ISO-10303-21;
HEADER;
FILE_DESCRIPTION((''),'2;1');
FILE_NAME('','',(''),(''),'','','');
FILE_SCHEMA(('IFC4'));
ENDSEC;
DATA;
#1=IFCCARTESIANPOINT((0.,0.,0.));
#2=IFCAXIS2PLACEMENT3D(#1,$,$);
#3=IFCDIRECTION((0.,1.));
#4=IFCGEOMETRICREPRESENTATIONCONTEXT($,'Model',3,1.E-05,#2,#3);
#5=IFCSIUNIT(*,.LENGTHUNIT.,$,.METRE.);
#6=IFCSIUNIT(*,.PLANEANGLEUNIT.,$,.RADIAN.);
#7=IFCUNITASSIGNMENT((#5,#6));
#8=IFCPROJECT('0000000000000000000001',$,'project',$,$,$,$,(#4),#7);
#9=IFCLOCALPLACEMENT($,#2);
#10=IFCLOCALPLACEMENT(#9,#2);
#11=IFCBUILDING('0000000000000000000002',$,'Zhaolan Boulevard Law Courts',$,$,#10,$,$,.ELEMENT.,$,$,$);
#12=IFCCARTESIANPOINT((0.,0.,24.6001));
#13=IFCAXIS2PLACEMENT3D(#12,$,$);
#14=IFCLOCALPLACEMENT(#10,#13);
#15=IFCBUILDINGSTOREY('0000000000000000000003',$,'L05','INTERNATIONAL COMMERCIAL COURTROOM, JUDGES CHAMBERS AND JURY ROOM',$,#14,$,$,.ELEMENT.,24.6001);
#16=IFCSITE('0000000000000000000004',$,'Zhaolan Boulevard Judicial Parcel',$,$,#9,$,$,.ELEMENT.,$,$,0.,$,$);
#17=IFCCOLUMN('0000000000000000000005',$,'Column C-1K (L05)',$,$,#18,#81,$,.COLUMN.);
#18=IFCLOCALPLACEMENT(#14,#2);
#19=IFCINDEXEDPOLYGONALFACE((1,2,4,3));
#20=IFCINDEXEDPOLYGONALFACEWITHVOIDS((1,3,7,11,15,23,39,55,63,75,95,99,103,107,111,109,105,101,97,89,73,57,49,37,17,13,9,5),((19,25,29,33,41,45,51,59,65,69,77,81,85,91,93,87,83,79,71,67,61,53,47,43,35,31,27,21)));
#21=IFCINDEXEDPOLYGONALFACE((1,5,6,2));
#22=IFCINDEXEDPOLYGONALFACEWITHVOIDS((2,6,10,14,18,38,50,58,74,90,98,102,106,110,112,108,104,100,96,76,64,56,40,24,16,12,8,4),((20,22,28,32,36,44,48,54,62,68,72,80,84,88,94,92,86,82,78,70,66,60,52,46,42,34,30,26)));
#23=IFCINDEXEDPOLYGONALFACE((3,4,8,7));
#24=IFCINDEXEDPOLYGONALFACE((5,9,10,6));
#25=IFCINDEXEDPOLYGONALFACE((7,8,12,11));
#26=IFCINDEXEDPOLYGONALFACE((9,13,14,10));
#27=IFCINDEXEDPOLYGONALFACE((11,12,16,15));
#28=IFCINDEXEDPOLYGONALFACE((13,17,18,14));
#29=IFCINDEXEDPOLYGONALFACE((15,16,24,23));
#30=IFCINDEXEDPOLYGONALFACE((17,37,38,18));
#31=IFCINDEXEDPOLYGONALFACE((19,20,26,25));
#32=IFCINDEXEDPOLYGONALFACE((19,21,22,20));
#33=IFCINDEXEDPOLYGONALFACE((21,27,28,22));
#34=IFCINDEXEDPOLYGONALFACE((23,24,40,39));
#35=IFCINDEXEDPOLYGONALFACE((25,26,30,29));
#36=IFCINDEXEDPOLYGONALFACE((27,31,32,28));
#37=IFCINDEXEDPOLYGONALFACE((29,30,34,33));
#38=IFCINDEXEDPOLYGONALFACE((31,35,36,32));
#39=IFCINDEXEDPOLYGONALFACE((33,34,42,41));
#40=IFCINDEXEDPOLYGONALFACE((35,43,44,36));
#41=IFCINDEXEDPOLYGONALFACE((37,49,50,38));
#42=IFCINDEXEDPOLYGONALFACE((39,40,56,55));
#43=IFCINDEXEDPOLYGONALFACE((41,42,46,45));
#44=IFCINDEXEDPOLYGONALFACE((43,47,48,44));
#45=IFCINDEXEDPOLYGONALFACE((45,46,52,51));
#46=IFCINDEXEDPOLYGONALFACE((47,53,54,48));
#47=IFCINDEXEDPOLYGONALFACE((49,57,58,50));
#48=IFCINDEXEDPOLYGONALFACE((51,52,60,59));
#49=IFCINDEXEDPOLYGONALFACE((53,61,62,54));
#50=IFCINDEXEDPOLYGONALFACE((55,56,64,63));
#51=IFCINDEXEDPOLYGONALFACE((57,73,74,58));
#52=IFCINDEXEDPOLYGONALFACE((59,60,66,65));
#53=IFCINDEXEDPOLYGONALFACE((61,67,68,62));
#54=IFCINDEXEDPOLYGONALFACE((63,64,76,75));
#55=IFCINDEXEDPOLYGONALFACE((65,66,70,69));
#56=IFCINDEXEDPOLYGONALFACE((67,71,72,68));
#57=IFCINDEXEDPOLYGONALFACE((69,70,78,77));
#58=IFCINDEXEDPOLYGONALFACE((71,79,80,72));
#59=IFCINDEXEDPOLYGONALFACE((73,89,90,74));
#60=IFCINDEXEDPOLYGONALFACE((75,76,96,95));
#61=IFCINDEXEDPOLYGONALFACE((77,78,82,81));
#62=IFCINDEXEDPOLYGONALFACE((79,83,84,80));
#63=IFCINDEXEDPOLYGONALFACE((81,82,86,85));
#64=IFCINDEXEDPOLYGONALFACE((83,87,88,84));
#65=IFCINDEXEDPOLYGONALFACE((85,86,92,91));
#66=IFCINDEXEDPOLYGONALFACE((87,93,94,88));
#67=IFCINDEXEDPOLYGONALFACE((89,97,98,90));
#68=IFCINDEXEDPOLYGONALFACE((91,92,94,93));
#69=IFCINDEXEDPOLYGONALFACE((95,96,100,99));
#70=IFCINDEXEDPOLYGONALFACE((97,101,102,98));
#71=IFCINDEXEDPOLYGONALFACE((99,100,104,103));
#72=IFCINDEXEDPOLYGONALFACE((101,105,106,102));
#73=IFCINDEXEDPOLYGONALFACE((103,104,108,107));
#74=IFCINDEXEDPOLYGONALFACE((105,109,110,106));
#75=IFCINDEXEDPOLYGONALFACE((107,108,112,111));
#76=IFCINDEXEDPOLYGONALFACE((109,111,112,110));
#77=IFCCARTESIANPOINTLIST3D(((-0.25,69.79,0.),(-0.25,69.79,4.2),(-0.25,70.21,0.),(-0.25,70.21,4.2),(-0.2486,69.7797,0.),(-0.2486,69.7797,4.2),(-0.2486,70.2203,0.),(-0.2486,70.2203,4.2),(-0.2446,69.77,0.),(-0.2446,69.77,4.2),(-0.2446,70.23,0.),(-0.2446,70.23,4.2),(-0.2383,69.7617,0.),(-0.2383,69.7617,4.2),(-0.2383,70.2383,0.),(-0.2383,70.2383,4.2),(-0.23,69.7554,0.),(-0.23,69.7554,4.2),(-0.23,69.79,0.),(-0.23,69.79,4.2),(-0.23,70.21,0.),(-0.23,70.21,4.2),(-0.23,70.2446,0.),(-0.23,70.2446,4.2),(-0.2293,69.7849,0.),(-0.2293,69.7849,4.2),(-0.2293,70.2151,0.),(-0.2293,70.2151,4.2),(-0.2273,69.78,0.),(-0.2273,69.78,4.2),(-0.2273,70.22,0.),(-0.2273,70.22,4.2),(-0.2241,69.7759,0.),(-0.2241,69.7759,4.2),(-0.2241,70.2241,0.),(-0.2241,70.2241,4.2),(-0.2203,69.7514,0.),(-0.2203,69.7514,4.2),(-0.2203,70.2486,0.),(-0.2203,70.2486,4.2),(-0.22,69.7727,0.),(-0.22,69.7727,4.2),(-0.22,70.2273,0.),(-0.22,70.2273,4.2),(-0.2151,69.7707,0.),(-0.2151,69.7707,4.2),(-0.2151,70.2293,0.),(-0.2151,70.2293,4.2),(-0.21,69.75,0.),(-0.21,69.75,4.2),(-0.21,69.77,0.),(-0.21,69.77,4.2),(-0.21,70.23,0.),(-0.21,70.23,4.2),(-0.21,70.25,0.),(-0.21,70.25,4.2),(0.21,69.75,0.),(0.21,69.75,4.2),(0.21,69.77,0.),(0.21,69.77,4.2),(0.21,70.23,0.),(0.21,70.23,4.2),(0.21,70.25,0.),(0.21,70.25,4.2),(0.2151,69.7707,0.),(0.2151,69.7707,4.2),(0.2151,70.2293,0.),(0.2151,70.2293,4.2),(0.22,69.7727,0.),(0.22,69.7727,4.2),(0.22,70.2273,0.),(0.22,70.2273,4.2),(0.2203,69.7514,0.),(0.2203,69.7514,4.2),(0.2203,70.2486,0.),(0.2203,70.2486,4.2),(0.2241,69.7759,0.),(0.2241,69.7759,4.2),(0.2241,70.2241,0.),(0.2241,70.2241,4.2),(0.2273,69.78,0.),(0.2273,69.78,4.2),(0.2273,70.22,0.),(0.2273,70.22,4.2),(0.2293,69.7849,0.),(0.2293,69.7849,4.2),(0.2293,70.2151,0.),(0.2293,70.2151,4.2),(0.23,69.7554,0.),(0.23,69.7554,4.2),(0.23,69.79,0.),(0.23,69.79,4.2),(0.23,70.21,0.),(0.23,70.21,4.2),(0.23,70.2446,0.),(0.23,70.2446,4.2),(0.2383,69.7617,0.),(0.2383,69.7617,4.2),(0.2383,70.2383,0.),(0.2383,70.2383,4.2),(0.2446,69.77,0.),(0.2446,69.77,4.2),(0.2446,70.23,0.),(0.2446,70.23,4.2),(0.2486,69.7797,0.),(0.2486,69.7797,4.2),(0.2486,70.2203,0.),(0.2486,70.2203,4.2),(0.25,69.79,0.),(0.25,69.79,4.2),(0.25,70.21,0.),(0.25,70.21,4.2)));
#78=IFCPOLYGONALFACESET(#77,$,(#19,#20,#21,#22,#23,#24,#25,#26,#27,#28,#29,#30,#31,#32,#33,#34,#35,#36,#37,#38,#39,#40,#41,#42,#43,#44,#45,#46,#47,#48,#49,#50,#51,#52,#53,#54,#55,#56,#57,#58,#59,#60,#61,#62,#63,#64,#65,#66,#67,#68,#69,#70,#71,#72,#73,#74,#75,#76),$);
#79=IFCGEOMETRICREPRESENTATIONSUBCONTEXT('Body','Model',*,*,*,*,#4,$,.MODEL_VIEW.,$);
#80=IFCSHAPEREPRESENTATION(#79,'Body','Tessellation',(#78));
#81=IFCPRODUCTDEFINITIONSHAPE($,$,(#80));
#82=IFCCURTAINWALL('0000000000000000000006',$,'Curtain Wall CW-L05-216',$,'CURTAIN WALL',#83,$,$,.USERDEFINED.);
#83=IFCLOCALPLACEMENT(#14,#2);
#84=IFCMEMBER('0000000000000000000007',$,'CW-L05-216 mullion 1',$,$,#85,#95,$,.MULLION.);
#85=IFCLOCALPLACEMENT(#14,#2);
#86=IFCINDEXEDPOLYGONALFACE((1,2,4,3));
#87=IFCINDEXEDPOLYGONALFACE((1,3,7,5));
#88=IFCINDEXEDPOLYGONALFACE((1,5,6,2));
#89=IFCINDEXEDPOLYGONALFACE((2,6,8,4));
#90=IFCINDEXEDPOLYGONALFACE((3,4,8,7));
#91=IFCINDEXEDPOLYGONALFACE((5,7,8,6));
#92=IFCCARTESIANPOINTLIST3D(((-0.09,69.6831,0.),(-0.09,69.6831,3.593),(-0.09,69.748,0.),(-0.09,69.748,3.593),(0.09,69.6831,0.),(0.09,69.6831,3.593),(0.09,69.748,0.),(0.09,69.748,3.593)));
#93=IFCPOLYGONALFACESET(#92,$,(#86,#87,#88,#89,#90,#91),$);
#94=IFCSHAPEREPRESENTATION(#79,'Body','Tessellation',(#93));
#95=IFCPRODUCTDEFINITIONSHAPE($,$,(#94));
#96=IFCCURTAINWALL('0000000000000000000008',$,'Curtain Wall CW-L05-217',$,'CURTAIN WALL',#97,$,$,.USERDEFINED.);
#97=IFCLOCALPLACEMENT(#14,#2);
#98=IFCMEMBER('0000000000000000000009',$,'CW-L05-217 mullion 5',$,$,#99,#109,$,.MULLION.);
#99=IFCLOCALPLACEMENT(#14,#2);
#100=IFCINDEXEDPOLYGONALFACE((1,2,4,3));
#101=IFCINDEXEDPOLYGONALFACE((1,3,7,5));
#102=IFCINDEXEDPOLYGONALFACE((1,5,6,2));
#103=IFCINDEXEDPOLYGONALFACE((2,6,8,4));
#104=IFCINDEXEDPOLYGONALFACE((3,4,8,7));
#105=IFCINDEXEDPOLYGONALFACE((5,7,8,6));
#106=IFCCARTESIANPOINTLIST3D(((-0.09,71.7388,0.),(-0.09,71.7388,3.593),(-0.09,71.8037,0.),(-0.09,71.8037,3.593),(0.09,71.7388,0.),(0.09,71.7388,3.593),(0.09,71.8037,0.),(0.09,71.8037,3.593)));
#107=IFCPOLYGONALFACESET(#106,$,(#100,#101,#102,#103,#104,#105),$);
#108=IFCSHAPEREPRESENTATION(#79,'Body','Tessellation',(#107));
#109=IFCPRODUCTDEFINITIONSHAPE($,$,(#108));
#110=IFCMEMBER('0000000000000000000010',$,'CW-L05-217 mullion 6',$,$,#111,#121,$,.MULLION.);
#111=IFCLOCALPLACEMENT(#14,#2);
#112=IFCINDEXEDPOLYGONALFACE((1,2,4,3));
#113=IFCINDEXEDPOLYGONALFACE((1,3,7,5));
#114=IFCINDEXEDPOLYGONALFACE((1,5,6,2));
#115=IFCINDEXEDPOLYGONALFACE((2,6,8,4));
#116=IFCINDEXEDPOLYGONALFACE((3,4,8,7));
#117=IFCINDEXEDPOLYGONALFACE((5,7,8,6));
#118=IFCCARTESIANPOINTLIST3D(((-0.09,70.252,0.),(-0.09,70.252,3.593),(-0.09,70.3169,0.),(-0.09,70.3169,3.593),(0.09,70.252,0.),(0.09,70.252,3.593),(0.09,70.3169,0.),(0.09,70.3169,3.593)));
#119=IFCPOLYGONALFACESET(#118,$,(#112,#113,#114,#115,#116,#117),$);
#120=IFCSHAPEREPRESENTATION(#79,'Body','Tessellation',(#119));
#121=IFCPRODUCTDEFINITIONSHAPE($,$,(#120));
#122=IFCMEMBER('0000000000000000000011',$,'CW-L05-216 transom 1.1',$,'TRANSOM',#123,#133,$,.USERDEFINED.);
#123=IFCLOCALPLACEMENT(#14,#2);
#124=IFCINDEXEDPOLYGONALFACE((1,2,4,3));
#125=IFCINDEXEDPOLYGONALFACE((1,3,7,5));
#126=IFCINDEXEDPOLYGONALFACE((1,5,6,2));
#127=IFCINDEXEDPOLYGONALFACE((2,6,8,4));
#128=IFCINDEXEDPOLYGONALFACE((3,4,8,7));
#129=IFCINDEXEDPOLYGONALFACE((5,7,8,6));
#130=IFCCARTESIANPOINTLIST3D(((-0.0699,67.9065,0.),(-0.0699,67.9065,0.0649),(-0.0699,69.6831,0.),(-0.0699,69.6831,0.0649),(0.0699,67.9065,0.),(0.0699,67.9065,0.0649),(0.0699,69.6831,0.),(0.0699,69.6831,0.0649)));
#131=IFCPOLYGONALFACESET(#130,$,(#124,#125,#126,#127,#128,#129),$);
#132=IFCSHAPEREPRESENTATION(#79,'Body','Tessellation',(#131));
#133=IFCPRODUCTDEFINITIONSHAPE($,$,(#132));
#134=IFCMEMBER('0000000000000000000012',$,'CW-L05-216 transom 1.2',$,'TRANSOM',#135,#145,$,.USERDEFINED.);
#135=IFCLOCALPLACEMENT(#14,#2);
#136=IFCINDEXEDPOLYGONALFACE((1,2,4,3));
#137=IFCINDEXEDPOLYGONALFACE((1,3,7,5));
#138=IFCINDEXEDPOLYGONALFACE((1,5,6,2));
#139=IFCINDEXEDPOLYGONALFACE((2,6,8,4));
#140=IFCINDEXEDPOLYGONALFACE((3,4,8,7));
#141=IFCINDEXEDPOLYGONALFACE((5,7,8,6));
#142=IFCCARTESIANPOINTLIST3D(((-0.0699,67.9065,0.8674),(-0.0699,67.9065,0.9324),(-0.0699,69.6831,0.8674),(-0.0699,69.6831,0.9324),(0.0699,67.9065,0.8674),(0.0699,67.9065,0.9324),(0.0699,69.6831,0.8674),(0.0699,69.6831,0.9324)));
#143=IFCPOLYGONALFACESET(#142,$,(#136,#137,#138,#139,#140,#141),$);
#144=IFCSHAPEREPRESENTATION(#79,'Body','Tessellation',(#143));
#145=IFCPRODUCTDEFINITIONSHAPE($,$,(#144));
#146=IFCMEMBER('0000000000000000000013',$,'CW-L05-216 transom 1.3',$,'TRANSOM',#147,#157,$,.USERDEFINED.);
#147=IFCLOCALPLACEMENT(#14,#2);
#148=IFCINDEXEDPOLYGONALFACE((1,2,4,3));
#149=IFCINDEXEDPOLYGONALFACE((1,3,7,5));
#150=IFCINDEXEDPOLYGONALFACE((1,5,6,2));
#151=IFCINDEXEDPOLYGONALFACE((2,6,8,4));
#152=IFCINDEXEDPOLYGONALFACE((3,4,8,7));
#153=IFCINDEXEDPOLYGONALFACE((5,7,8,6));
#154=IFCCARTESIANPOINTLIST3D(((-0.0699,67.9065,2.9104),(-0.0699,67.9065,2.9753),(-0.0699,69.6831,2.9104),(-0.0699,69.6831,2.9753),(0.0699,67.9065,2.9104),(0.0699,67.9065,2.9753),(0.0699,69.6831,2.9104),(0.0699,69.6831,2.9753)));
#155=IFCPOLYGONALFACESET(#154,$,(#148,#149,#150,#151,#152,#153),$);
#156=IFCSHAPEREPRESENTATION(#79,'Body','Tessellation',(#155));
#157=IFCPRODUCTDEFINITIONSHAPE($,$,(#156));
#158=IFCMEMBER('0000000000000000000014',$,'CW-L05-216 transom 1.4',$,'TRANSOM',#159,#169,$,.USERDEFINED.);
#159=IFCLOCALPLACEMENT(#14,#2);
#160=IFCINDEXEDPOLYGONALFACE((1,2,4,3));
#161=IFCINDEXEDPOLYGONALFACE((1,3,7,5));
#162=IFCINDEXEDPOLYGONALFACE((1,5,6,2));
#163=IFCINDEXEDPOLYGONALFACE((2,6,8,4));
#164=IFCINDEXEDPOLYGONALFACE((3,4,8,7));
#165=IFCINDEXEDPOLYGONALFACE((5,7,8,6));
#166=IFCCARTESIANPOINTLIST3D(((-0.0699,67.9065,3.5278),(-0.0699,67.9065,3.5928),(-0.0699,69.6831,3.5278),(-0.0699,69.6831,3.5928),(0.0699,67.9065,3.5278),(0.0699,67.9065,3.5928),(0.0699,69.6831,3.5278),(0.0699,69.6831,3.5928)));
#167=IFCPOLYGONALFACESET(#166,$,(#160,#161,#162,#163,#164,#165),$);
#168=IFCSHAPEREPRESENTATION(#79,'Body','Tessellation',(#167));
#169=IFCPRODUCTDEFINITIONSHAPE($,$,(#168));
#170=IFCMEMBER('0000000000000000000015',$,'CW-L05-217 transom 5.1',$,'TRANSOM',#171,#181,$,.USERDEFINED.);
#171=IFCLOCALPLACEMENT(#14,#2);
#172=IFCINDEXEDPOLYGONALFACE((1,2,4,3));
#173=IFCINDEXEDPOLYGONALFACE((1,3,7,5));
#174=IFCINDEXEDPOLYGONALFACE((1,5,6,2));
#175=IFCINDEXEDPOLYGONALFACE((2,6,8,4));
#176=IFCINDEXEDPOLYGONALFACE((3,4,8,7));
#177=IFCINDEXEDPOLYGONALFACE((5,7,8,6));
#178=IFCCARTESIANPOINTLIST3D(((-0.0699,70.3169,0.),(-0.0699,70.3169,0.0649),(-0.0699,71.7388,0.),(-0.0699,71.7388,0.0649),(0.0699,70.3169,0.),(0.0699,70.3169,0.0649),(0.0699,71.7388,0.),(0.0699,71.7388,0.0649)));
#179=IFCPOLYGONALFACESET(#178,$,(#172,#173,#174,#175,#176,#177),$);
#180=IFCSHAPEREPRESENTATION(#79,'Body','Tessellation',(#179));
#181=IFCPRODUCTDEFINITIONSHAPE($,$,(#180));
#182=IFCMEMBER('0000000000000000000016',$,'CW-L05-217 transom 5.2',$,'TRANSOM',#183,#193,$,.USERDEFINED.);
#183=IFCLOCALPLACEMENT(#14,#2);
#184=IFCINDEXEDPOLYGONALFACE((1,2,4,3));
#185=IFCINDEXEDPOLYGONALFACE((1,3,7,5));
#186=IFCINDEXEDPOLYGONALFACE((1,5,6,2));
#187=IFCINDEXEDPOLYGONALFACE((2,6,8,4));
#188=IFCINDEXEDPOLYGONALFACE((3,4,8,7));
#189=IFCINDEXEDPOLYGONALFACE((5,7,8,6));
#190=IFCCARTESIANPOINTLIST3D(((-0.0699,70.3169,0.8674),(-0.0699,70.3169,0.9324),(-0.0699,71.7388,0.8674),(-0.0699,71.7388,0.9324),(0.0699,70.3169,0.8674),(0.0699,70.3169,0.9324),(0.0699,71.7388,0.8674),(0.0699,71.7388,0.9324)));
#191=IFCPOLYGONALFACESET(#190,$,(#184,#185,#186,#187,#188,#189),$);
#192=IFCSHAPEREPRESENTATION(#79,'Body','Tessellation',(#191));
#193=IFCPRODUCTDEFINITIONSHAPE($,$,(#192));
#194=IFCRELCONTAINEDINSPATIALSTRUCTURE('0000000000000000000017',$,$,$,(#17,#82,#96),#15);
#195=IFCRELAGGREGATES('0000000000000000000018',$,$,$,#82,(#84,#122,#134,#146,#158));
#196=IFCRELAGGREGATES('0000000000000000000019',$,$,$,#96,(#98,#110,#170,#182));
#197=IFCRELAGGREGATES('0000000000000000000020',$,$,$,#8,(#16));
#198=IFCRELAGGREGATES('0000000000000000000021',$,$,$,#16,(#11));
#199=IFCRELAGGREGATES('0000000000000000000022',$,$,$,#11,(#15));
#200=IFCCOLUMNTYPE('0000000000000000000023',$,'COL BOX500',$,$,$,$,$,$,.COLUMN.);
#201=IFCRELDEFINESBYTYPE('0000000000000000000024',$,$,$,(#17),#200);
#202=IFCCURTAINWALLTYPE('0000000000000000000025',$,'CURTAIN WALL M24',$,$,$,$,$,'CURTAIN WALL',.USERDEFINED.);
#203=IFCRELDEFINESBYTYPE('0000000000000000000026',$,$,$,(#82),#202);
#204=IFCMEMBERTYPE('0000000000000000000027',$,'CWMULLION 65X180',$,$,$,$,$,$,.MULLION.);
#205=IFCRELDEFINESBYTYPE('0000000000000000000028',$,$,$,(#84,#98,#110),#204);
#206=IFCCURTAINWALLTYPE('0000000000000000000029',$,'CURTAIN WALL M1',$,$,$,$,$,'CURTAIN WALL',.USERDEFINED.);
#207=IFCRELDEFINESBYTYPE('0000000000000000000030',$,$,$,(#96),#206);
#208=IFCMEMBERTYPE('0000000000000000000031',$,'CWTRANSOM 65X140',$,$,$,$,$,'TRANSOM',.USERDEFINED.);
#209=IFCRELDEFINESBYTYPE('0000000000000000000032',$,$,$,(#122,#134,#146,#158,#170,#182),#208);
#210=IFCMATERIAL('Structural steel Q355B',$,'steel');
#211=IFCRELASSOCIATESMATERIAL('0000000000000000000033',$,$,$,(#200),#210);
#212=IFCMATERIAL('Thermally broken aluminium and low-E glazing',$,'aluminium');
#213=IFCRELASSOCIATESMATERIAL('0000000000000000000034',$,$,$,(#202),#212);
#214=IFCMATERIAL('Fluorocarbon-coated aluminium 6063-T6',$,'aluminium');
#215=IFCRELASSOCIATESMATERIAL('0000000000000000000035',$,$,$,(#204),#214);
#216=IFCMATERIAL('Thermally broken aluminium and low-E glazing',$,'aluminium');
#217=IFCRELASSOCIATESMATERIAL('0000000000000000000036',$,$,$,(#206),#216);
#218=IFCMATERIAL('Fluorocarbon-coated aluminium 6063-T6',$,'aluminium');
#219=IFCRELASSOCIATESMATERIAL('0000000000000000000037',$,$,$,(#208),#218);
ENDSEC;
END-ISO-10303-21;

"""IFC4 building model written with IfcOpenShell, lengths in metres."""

from ifc_helpers import new_model, si_unit, direction, frame, origin, origin_2d, place, context, subcontext, project, spatial, rectangle, hollow_rectangle, extrude, material, material_profile, profile_set, type_object, element, aggregate, save


model = new_model("IFC4")

# Units and contexts
model_context = context("Model", 3, precision=1e-05, world=origin(), true_north=direction((0.0, 1.0)))
body_context = subcontext(model_context, "Body", "Model", "MODEL_VIEW")
ifc_project = project(units=[si_unit("LENGTHUNIT", "METRE"), si_unit("PLANEANGLEUNIT", "RADIAN")], contexts=[model_context])

# Site, building, storey
site_placement = place(None, origin())
site = spatial("IfcSite", under=ifc_project, at=site_placement, Name="Zhaolan Boulevard Judicial Parcel", CompositionType="ELEMENT", RefElevation=0.0)
building_placement = place(site_placement, origin())
building = spatial("IfcBuilding", under=site, at=building_placement, Name="Zhaolan Boulevard Law Courts", CompositionType="ELEMENT")
storey_placement = place(building_placement, frame((0.0, 0.0, 24.6001)))
storey = spatial("IfcBuildingStorey", under=building, at=storey_placement, Name="L05", Description="INTERNATIONAL COMMERCIAL COURTROOM, JUDGES CHAMBERS AND JURY ROOM", CompositionType="ELEMENT", Elevation=24.6001)

# Column
ifc_material_1 = material(Name="Structural steel Q355B", Category="steel")
ifc_material_profile_1 = material_profile(ifc_material_1, hollow_rectangle(XDim=0.5, YDim=0.5, WallThickness=0.02, InnerFilletRadius=0.02, OuterFilletRadius=0.04, at=origin_2d()), Name="BOX500x500x20")
ifc_profile_set_1 = profile_set([ifc_material_profile_1], Name="Structural steel Q355B")
column_type = type_object("IfcColumnType", Name="COL BOX500", PredefinedType="COLUMN", material=ifc_profile_set_1)
column_placement = place(storey_placement, frame((0.0, 70.0, 0.0), z_axis=(0.0, 0.0, 1.0), x_axis=(1.0, 0.0, 0.0)))
element("IfcColumn", 1, at=column_placement, inside=storey, type_object=column_type, Name="Column C-1K (L05)", PredefinedType="COLUMN", context=body_context, shape_type="SweptSolid", body=[
    extrude(hollow_rectangle(XDim=0.5, YDim=0.5, WallThickness=0.02, InnerFilletRadius=0.02, OuterFilletRadius=0.04, at=origin_2d()), origin(), (0.0, 0.0, 1.0), 4.2),
])

# Curtain wall, member
ifc_material_2 = material(Name="Thermally broken aluminium and low-E glazing", Category="aluminium")
curtain_wall_type_1 = type_object("IfcCurtainWallType", Name="CURTAIN WALL M24", ElementType="CURTAIN WALL", PredefinedType="USERDEFINED", material=ifc_material_2)
curtain_wall_1_placement = place(storey_placement, origin())
curtain_wall_1 = element("IfcCurtainWall", 2, at=curtain_wall_1_placement, inside=storey, type_object=curtain_wall_type_1, Name="Curtain Wall CW-L05-216", ObjectType="CURTAIN WALL", PredefinedType="USERDEFINED")
ifc_material_3 = material(Name="Fluorocarbon-coated aluminium 6063-T6", Category="aluminium")
ifc_material_profile_2 = material_profile(ifc_material_3, rectangle(XDim=0.1799, YDim=0.0649, at=origin_2d()), Name="AL65x180")
ifc_profile_set_2 = profile_set([ifc_material_profile_2], Name="Fluorocarbon-coated aluminium 6063-T6")
member_type_1 = type_object("IfcMemberType", Name="CWMULLION 65X180", PredefinedType="MULLION", material=ifc_profile_set_2)
member_1_placement = place(storey_placement, frame((0.0, 69.7156, 0.0), z_axis=(0.0, 0.0, 1.0), x_axis=(1.0, 0.0, 0.0)))
member_1 = element("IfcMember", 3, at=member_1_placement, type_object=member_type_1, Name="CW-L05-216 mullion 1", PredefinedType="MULLION", context=body_context, shape_type="SweptSolid", body=[
    extrude(rectangle(XDim=0.1799, YDim=0.0649, at=origin_2d()), origin(), (0.0, 0.0, 1.0), 3.593),
])

# Curtain wall, members
ifc_material_4 = material(Name="Thermally broken aluminium and low-E glazing", Category="aluminium")
curtain_wall_type_2 = type_object("IfcCurtainWallType", Name="CURTAIN WALL M1", ElementType="CURTAIN WALL", PredefinedType="USERDEFINED", material=ifc_material_4)
curtain_wall_2_placement = place(storey_placement, origin())
curtain_wall_2 = element("IfcCurtainWall", 4, at=curtain_wall_2_placement, inside=storey, type_object=curtain_wall_type_2, Name="Curtain Wall CW-L05-217", ObjectType="CURTAIN WALL", PredefinedType="USERDEFINED")
member_2_placement = place(storey_placement, frame((0.0, 71.7712, 0.0), z_axis=(0.0, 0.0, 1.0), x_axis=(1.0, 0.0, 0.0)))
member_2 = element("IfcMember", 5, at=member_2_placement, type_object=member_type_1, Name="CW-L05-217 mullion 5", PredefinedType="MULLION", context=body_context, shape_type="SweptSolid", body=[
    extrude(rectangle(XDim=0.1799, YDim=0.0649, at=origin_2d()), origin(), (0.0, 0.0, 1.0), 3.593),
])
member_3_placement = place(storey_placement, frame((0.0, 70.2844, 0.0), z_axis=(0.0, 0.0, 1.0), x_axis=(1.0, 0.0, 0.0)))
member_3 = element("IfcMember", 6, at=member_3_placement, type_object=member_type_1, Name="CW-L05-217 mullion 6", PredefinedType="MULLION", context=body_context, shape_type="SweptSolid", body=[
    extrude(rectangle(XDim=0.1799, YDim=0.0649, at=origin_2d()), origin(), (0.0, 0.0, 1.0), 3.593),
])

# Members
ifc_material_5 = material(Name="Fluorocarbon-coated aluminium 6063-T6", Category="aluminium")
ifc_material_profile_3 = material_profile(ifc_material_5, rectangle(XDim=0.1399, YDim=0.0649, at=origin_2d()), Name="AL65x140")
ifc_profile_set_3 = profile_set([ifc_material_profile_3], Name="Fluorocarbon-coated aluminium 6063-T6")
member_type_2 = type_object("IfcMemberType", Name="CWTRANSOM 65X140", ElementType="TRANSOM", PredefinedType="USERDEFINED", material=ifc_profile_set_3)
member_4_placement = place(storey_placement, frame((0.0, 69.6831, 0.0325), z_axis=(0.0, -1.0, 0.0), x_axis=(1.0, 0.0, 0.0)))
member_4 = element("IfcMember", 7, at=member_4_placement, type_object=member_type_2, Name="CW-L05-216 transom 1.1", ObjectType="TRANSOM", PredefinedType="USERDEFINED", context=body_context, shape_type="SweptSolid", body=[
    extrude(rectangle(XDim=0.1399, YDim=0.0649, at=origin_2d()), origin(), (0.0, 0.0, 1.0), 1.7766),
])
member_5_placement = place(storey_placement, frame((0.0, 69.6831, 0.8999), z_axis=(0.0, -1.0, 0.0), x_axis=(1.0, 0.0, 0.0)))
member_5 = element("IfcMember", 8, at=member_5_placement, type_object=member_type_2, Name="CW-L05-216 transom 1.2", ObjectType="TRANSOM", PredefinedType="USERDEFINED", context=body_context, shape_type="SweptSolid", body=[
    extrude(rectangle(XDim=0.1399, YDim=0.0649, at=origin_2d()), origin(), (0.0, 0.0, 1.0), 1.7766),
])
member_6_placement = place(storey_placement, frame((0.0, 69.6831, 2.9429), z_axis=(0.0, -1.0, 0.0), x_axis=(1.0, 0.0, 0.0)))
member_6 = element("IfcMember", 9, at=member_6_placement, type_object=member_type_2, Name="CW-L05-216 transom 1.3", ObjectType="TRANSOM", PredefinedType="USERDEFINED", context=body_context, shape_type="SweptSolid", body=[
    extrude(rectangle(XDim=0.1399, YDim=0.0649, at=origin_2d()), origin(), (0.0, 0.0, 1.0), 1.7766),
])
member_7_placement = place(storey_placement, frame((0.0, 69.6831, 3.5603), z_axis=(0.0, -1.0, 0.0), x_axis=(1.0, 0.0, 0.0)))
member_7 = element("IfcMember", 10, at=member_7_placement, type_object=member_type_2, Name="CW-L05-216 transom 1.4", ObjectType="TRANSOM", PredefinedType="USERDEFINED", context=body_context, shape_type="SweptSolid", body=[
    extrude(rectangle(XDim=0.1399, YDim=0.0649, at=origin_2d()), origin(), (0.0, 0.0, 1.0), 1.7766),
])
member_8_placement = place(storey_placement, frame((0.0, 71.7388, 0.0325), z_axis=(0.0, -1.0, 0.0), x_axis=(1.0, 0.0, 0.0)))
member_8 = element("IfcMember", 11, at=member_8_placement, type_object=member_type_2, Name="CW-L05-217 transom 5.1", ObjectType="TRANSOM", PredefinedType="USERDEFINED", context=body_context, shape_type="SweptSolid", body=[
    extrude(rectangle(XDim=0.1399, YDim=0.0649, at=origin_2d()), origin(), (0.0, 0.0, 1.0), 1.4219),
])
member_9_placement = place(storey_placement, frame((0.0, 71.7388, 0.8999), z_axis=(0.0, -1.0, 0.0), x_axis=(1.0, 0.0, 0.0)))
member_9 = element("IfcMember", 12, at=member_9_placement, type_object=member_type_2, Name="CW-L05-217 transom 5.2", ObjectType="TRANSOM", PredefinedType="USERDEFINED", context=body_context, shape_type="SweptSolid", body=[
    extrude(rectangle(XDim=0.1399, YDim=0.0649, at=origin_2d()), origin(), (0.0, 0.0, 1.0), 1.4219),
])

aggregate(curtain_wall_1, [member_1, member_4, member_5, member_6, member_7])
aggregate(curtain_wall_2, [member_2, member_3, member_8, member_9])

save(model, "model.ifc")
